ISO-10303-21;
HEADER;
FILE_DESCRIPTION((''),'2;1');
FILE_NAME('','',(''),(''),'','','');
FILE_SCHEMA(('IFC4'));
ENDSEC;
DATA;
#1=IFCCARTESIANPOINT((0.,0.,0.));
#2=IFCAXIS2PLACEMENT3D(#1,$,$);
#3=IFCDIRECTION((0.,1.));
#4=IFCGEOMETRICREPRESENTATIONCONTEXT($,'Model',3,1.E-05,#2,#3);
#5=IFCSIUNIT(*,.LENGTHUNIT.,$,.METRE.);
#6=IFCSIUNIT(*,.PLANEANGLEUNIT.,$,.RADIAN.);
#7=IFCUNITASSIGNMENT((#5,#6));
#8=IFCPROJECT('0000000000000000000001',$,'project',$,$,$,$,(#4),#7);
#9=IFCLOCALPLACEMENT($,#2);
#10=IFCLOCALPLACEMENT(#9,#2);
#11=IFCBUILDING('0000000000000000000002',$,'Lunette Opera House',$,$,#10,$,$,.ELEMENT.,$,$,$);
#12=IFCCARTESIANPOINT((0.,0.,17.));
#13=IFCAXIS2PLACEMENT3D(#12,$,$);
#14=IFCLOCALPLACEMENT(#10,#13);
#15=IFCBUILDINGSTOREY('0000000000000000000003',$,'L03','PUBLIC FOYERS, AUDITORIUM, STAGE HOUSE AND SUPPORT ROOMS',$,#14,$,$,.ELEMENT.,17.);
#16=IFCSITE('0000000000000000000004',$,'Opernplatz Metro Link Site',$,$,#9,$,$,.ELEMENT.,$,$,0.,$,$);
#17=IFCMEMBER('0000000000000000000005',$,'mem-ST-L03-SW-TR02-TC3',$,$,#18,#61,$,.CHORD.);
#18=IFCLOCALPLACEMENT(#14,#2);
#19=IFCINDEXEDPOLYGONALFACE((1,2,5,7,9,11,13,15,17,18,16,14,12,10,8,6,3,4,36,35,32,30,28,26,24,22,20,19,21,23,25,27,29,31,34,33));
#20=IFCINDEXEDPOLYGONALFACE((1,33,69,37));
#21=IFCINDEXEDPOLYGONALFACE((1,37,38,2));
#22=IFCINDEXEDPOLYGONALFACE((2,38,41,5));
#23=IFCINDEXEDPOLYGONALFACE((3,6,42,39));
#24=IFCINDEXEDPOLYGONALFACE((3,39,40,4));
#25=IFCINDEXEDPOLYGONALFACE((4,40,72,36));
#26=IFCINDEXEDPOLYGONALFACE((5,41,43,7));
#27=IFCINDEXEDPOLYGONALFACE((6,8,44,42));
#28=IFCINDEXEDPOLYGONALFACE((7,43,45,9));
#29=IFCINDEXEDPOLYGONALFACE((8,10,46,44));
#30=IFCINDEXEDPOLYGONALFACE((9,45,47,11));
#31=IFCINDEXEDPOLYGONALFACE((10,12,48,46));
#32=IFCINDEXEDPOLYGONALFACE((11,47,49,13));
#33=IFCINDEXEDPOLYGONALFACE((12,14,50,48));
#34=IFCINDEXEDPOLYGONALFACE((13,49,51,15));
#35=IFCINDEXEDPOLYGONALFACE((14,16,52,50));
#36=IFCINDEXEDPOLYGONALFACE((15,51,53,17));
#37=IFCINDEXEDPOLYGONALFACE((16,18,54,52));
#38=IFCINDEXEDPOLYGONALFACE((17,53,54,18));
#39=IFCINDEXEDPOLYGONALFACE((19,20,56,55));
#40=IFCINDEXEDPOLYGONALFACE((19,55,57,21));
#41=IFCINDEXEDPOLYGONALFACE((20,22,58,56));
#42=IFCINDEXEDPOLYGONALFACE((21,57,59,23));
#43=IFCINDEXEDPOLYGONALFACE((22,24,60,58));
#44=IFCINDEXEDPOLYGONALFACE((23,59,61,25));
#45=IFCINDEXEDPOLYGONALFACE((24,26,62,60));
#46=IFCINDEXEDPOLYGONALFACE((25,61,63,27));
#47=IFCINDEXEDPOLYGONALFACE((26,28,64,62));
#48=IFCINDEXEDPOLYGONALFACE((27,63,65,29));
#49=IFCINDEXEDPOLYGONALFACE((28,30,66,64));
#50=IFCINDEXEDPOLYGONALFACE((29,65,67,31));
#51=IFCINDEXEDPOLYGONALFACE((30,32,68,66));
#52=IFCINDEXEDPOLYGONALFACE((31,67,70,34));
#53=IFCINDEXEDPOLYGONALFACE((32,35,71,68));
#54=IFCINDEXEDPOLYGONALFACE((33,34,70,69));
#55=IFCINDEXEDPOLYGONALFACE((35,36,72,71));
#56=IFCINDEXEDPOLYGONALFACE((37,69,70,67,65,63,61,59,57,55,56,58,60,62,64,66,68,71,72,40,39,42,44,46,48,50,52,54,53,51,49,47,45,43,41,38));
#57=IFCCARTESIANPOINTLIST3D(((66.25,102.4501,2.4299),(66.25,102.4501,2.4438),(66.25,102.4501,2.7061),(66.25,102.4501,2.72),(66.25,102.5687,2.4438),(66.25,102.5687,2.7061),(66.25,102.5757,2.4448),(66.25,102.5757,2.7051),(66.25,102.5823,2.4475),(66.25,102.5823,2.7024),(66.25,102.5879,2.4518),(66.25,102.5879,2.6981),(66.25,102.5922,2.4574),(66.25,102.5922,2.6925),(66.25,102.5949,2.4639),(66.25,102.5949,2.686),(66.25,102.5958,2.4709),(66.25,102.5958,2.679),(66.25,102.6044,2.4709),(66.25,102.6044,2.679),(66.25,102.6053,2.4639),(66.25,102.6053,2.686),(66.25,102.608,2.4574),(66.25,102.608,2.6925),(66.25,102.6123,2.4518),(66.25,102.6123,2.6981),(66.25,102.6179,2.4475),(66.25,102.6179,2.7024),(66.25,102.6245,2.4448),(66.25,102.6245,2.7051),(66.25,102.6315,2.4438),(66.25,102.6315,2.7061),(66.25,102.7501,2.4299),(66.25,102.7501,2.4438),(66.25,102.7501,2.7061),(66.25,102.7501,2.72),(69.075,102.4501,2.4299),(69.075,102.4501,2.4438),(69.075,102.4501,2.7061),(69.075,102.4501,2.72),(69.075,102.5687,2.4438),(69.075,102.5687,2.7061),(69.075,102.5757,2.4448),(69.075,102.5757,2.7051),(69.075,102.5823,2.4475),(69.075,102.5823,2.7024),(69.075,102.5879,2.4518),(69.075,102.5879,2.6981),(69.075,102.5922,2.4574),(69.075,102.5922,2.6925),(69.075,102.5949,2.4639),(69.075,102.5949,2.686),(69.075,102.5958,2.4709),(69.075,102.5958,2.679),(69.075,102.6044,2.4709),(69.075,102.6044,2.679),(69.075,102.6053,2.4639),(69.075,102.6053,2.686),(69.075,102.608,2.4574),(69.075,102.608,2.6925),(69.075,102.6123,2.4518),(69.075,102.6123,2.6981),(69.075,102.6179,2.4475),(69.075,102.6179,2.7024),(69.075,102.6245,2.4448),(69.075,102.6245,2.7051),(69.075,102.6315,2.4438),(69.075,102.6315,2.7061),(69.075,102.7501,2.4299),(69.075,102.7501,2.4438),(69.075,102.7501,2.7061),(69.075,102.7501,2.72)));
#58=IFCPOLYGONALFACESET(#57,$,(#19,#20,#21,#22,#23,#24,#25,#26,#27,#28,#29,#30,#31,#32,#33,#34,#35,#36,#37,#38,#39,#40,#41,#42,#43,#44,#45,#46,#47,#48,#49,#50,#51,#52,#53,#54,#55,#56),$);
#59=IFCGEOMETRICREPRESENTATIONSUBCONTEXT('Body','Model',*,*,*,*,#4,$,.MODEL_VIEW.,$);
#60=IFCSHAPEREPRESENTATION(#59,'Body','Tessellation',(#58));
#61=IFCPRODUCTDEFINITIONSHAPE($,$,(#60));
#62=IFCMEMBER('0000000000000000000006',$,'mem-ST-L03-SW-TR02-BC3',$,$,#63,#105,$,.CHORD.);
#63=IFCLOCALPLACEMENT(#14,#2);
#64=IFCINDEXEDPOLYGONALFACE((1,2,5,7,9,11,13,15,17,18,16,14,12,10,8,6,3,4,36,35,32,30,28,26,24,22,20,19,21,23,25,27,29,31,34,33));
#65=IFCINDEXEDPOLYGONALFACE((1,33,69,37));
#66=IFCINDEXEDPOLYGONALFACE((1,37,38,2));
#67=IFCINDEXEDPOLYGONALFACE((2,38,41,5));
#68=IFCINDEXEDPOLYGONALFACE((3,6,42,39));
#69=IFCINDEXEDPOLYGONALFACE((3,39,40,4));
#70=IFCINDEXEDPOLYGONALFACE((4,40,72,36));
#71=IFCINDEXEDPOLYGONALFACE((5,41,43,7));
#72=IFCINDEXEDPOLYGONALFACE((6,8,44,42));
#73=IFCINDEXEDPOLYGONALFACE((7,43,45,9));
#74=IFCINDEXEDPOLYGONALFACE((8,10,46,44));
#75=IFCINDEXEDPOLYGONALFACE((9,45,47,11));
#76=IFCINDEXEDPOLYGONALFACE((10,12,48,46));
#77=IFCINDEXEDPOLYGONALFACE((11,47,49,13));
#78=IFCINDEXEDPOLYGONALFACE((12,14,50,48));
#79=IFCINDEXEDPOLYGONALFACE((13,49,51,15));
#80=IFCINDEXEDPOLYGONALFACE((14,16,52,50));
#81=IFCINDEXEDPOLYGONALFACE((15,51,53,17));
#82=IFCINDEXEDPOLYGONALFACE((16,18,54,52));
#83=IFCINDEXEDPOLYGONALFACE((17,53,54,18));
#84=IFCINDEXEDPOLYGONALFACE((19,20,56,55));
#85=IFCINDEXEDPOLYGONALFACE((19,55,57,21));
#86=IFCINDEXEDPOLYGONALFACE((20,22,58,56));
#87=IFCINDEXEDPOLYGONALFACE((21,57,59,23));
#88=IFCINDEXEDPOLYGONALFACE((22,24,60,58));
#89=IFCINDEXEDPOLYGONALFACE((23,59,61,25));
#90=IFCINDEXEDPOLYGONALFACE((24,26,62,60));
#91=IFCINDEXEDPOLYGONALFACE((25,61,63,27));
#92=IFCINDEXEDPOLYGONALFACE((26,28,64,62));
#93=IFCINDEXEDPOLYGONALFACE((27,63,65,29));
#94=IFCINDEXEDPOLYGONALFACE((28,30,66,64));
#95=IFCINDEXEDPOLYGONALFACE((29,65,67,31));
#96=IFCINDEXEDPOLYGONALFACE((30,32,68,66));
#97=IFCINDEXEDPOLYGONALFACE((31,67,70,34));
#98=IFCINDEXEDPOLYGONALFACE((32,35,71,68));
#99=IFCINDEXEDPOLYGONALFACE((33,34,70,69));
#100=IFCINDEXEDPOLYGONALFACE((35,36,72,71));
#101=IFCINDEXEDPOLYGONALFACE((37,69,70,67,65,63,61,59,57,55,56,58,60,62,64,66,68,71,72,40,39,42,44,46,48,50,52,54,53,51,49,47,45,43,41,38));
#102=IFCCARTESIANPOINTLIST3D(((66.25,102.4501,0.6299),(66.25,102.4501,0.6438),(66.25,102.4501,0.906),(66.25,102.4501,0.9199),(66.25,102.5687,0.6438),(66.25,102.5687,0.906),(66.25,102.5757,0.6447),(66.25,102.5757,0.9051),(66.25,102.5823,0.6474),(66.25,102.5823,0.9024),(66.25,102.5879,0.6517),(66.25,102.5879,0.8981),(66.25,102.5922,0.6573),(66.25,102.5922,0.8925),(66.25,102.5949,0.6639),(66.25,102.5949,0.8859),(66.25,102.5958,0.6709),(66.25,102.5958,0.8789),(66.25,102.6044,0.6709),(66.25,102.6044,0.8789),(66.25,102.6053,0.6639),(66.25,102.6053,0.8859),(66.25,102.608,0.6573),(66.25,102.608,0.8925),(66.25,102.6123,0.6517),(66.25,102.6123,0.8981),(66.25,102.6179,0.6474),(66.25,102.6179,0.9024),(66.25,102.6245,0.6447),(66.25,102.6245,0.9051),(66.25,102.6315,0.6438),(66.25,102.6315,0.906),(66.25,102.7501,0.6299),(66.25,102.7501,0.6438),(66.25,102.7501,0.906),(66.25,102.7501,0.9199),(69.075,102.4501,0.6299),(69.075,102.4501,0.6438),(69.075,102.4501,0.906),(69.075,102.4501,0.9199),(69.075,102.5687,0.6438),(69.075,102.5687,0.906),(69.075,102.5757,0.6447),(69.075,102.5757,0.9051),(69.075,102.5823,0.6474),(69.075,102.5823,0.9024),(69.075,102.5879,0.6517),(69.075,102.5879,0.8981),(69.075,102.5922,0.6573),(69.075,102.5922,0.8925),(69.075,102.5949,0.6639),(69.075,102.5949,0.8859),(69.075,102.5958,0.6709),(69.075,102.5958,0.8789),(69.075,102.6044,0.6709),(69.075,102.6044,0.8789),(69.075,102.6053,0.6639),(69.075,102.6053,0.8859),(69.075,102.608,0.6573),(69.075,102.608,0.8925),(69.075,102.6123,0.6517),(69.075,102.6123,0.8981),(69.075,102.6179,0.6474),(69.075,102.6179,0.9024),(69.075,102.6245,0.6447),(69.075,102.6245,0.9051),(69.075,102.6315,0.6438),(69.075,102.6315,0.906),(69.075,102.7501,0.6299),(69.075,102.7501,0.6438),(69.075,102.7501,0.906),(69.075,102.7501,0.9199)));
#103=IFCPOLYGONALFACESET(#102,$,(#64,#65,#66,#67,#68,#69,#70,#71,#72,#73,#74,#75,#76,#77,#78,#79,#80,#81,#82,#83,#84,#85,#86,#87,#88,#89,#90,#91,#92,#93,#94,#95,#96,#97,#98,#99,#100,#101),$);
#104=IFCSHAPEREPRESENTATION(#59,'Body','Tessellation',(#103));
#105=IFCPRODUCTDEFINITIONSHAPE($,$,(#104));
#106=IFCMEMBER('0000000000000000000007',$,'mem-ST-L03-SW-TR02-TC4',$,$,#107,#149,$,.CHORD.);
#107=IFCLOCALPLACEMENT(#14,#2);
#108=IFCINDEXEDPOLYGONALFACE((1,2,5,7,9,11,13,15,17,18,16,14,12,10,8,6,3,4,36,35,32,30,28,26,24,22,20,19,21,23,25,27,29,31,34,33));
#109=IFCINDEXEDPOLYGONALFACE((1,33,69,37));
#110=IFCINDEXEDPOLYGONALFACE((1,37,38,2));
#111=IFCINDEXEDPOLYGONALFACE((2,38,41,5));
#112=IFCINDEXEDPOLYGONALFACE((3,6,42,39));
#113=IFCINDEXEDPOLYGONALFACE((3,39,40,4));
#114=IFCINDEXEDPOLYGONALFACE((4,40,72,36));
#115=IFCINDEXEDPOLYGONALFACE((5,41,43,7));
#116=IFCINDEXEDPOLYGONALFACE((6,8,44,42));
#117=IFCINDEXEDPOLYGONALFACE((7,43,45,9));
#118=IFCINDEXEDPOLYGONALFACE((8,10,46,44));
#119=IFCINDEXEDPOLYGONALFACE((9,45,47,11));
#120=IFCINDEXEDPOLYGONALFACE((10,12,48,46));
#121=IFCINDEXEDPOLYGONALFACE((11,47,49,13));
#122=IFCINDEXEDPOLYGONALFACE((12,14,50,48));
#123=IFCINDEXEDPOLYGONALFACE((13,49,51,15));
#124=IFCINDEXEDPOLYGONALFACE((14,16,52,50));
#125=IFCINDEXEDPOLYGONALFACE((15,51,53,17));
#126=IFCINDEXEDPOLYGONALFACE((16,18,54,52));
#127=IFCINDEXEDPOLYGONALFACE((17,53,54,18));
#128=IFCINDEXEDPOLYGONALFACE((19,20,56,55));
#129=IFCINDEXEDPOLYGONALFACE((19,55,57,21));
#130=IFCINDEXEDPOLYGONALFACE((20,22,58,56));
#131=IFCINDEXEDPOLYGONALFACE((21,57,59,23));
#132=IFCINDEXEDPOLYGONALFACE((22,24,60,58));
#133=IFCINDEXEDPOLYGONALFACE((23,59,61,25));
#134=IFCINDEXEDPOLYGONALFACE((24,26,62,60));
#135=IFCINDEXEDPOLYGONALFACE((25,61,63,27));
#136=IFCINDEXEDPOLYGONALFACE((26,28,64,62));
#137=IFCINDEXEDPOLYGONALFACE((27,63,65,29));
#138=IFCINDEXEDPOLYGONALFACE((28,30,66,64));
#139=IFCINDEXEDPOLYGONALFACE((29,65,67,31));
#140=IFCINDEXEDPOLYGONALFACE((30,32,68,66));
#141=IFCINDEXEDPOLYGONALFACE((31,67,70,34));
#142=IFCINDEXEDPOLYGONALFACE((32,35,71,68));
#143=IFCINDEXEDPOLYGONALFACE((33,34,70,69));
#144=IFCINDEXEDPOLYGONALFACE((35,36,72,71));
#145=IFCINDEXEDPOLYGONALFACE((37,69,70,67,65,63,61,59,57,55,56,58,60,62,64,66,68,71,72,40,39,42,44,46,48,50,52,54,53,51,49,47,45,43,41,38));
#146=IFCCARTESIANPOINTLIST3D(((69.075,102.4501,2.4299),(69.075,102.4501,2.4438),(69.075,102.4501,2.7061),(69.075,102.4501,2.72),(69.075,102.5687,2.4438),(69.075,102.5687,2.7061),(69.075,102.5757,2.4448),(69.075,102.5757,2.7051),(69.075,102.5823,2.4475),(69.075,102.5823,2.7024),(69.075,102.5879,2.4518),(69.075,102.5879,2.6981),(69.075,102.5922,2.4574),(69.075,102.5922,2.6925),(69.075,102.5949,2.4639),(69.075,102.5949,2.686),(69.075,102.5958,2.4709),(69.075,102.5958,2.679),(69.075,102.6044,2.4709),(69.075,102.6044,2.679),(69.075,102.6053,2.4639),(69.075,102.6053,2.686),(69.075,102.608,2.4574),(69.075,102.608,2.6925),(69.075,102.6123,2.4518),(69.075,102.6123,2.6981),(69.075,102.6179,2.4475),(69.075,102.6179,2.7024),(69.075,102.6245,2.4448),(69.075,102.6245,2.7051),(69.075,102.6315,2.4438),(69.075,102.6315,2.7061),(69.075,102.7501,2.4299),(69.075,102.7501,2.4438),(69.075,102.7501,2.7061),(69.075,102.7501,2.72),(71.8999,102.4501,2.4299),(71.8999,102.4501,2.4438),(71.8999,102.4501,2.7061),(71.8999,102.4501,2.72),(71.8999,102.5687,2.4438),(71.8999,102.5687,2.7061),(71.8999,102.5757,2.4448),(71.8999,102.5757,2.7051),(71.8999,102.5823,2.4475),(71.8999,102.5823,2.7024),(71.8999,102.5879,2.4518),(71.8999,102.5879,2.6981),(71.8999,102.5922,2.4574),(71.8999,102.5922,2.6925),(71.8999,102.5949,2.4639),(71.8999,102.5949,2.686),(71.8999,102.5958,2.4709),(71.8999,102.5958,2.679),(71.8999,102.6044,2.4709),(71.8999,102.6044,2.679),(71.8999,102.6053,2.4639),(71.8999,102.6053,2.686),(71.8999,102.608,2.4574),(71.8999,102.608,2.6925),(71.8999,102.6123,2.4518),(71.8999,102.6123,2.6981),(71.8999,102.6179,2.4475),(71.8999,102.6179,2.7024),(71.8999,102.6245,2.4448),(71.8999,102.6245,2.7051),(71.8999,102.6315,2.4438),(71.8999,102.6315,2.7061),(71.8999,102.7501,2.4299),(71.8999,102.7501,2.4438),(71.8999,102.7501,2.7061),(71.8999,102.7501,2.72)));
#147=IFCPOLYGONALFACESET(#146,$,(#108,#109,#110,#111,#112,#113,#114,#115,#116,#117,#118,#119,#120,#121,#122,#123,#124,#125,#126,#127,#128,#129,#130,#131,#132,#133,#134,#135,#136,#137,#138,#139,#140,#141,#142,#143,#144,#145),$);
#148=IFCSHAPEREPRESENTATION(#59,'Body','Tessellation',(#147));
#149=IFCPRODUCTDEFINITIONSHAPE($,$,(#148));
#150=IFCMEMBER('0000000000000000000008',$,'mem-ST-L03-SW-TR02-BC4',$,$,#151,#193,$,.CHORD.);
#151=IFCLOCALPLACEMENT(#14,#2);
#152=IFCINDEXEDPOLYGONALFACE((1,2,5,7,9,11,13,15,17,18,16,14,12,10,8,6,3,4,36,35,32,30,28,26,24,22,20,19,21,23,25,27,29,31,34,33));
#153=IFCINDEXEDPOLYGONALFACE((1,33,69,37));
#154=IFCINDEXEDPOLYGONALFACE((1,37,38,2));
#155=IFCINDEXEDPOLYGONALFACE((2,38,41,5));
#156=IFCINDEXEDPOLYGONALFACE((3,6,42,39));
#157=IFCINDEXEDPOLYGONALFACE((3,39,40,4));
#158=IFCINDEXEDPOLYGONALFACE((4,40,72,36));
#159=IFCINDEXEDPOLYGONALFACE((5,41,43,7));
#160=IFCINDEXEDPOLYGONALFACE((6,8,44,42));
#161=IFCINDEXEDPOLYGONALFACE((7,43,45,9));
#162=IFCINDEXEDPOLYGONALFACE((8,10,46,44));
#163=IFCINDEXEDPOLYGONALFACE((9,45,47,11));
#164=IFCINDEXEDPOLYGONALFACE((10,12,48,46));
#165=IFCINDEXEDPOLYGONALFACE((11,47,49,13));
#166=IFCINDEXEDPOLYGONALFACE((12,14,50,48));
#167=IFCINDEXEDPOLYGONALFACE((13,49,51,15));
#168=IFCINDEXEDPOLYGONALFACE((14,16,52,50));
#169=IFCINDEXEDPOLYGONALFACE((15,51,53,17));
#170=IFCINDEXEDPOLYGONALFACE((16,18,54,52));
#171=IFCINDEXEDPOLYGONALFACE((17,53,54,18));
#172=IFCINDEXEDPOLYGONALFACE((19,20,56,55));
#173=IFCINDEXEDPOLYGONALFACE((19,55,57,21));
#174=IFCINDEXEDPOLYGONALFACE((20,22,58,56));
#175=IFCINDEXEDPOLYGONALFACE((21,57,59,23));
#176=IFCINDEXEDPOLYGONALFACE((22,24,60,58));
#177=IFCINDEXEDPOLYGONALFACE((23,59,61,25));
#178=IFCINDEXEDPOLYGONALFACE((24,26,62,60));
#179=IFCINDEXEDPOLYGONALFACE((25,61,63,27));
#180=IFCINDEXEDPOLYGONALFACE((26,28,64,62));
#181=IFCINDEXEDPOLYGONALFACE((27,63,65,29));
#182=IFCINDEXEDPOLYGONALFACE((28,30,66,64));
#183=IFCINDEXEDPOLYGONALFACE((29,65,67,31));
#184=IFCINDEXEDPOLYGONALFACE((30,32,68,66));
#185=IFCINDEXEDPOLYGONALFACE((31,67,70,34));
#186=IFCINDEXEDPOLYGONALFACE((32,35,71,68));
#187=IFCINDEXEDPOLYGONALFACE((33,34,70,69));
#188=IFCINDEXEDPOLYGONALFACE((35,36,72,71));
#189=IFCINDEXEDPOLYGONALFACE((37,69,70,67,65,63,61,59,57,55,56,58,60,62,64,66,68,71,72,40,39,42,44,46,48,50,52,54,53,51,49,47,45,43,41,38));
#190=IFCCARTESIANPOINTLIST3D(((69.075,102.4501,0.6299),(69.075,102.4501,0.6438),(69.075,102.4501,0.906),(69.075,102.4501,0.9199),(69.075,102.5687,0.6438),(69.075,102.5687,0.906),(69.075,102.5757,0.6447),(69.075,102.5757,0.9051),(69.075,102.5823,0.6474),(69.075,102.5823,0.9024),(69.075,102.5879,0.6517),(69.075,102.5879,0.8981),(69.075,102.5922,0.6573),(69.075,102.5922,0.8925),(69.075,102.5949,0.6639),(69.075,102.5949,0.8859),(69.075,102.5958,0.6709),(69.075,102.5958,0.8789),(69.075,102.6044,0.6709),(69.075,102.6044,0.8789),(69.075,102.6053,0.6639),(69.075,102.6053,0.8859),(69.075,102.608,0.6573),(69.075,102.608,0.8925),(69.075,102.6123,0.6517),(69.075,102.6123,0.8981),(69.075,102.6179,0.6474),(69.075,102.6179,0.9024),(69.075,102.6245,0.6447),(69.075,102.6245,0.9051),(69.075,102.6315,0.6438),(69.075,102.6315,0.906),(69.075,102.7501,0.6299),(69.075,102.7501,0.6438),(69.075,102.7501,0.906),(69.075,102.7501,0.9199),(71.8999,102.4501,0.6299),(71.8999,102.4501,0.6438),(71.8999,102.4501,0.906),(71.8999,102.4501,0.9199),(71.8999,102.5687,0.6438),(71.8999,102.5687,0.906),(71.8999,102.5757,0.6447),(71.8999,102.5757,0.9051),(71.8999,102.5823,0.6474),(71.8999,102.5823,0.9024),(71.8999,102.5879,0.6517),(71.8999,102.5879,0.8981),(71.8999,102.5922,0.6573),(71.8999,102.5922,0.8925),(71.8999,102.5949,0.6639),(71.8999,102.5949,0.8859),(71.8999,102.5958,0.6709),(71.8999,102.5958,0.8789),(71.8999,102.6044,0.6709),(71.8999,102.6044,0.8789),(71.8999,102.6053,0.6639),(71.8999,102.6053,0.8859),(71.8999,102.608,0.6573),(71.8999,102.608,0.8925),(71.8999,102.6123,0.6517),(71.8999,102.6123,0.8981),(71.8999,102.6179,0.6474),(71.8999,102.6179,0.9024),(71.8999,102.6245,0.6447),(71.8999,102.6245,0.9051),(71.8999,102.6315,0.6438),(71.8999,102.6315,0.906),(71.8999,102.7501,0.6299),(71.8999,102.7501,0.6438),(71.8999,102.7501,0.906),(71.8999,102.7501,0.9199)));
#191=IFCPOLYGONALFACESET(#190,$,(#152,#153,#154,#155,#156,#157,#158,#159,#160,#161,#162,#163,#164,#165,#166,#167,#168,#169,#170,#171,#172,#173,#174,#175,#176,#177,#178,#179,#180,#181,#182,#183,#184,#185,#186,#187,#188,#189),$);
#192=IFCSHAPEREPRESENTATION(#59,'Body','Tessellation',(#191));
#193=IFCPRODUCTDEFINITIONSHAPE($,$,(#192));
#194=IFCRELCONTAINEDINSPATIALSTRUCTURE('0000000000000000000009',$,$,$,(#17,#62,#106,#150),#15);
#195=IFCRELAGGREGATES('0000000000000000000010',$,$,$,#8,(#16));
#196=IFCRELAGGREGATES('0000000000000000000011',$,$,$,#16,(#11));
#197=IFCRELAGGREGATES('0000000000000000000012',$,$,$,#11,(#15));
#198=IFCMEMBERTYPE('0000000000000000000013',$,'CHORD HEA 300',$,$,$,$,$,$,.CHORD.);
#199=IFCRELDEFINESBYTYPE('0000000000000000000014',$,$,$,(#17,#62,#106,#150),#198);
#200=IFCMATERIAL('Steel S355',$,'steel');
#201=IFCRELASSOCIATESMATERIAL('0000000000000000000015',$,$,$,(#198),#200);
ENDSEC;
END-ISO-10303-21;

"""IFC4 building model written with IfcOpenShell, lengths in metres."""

from ifc_helpers import new_model, si_unit, direction, frame, origin, origin_2d, place, context, subcontext, project, spatial, i_section, extrude, material, material_profile, profile_set, type_object, element, save


model = new_model("IFC4")

# Units and contexts
model_context = context("Model", 3, precision=1e-05, world=origin(), true_north=direction((0.0, 1.0)))
body_context = subcontext(model_context, "Body", "Model", "MODEL_VIEW")
ifc_project = project(units=[si_unit("LENGTHUNIT", "METRE"), si_unit("PLANEANGLEUNIT", "RADIAN")], contexts=[model_context])

# Site, building, storey
site_placement = place(None, origin())
site = spatial("IfcSite", under=ifc_project, at=site_placement, Name="Opernplatz Metro Link Site", CompositionType="ELEMENT", RefElevation=0.0)
building_placement = place(site_placement, origin())
building = spatial("IfcBuilding", under=site, at=building_placement, Name="Lunette Opera House", CompositionType="ELEMENT")
storey_placement = place(building_placement, frame((0.0, 0.0, 17.0)))
storey = spatial("IfcBuildingStorey", under=building, at=storey_placement, Name="L03", Description="PUBLIC FOYERS, AUDITORIUM, STAGE HOUSE AND SUPPORT ROOMS", CompositionType="ELEMENT", Elevation=17.0)

# Members
ifc_material_1 = material(Name="Steel S355", Category="steel")
ifc_material_profile_1 = material_profile(ifc_material_1, i_section(OverallWidth=0.3, OverallDepth=0.29, WebThickness=0.0085, FlangeThickness=0.0139, FilletRadius=0.0271, at=origin_2d()), Name="HEA 300")
ifc_profile_set_1 = profile_set([ifc_material_profile_1], Name="Steel S355")
member_type_1 = type_object("IfcMemberType", Name="CHORD HEA 300", PredefinedType="CHORD", material=ifc_profile_set_1)
for number, where, z_axis, x_axis, name in (
    (1, (66.25, 102.6001, 2.575), (1.0, 0.0, 0.0), (0.0, 1.0, 0.0), "mem-ST-L03-SW-TR02-TC3"),
    (2, (66.25, 102.6001, 0.7749), (1.0, 0.0, 0.0), (0.0, 1.0, 0.0), "mem-ST-L03-SW-TR02-BC3"),
    (3, (69.075, 102.6001, 2.575), (1.0, 0.0, 0.0), (0.0, 1.0, 0.0), "mem-ST-L03-SW-TR02-TC4"),
    (4, (69.075, 102.6001, 0.7749), (1.0, 0.0, 0.0), (0.0, 1.0, 0.0), "mem-ST-L03-SW-TR02-BC4"),
):
    element("IfcMember", number, at=place(storey_placement, frame(where, z_axis=z_axis, x_axis=x_axis)), inside=storey, type_object=member_type_1, Name=name, PredefinedType="CHORD", context=body_context, shape_type="SweptSolid", body=[
        extrude(i_section(OverallWidth=0.3, OverallDepth=0.29, WebThickness=0.0085, FlangeThickness=0.0139, FilletRadius=0.0271, at=origin_2d()), origin(), (0.0, 0.0, 1.0), 2.825),
    ])

save(model, "model.ifc")
